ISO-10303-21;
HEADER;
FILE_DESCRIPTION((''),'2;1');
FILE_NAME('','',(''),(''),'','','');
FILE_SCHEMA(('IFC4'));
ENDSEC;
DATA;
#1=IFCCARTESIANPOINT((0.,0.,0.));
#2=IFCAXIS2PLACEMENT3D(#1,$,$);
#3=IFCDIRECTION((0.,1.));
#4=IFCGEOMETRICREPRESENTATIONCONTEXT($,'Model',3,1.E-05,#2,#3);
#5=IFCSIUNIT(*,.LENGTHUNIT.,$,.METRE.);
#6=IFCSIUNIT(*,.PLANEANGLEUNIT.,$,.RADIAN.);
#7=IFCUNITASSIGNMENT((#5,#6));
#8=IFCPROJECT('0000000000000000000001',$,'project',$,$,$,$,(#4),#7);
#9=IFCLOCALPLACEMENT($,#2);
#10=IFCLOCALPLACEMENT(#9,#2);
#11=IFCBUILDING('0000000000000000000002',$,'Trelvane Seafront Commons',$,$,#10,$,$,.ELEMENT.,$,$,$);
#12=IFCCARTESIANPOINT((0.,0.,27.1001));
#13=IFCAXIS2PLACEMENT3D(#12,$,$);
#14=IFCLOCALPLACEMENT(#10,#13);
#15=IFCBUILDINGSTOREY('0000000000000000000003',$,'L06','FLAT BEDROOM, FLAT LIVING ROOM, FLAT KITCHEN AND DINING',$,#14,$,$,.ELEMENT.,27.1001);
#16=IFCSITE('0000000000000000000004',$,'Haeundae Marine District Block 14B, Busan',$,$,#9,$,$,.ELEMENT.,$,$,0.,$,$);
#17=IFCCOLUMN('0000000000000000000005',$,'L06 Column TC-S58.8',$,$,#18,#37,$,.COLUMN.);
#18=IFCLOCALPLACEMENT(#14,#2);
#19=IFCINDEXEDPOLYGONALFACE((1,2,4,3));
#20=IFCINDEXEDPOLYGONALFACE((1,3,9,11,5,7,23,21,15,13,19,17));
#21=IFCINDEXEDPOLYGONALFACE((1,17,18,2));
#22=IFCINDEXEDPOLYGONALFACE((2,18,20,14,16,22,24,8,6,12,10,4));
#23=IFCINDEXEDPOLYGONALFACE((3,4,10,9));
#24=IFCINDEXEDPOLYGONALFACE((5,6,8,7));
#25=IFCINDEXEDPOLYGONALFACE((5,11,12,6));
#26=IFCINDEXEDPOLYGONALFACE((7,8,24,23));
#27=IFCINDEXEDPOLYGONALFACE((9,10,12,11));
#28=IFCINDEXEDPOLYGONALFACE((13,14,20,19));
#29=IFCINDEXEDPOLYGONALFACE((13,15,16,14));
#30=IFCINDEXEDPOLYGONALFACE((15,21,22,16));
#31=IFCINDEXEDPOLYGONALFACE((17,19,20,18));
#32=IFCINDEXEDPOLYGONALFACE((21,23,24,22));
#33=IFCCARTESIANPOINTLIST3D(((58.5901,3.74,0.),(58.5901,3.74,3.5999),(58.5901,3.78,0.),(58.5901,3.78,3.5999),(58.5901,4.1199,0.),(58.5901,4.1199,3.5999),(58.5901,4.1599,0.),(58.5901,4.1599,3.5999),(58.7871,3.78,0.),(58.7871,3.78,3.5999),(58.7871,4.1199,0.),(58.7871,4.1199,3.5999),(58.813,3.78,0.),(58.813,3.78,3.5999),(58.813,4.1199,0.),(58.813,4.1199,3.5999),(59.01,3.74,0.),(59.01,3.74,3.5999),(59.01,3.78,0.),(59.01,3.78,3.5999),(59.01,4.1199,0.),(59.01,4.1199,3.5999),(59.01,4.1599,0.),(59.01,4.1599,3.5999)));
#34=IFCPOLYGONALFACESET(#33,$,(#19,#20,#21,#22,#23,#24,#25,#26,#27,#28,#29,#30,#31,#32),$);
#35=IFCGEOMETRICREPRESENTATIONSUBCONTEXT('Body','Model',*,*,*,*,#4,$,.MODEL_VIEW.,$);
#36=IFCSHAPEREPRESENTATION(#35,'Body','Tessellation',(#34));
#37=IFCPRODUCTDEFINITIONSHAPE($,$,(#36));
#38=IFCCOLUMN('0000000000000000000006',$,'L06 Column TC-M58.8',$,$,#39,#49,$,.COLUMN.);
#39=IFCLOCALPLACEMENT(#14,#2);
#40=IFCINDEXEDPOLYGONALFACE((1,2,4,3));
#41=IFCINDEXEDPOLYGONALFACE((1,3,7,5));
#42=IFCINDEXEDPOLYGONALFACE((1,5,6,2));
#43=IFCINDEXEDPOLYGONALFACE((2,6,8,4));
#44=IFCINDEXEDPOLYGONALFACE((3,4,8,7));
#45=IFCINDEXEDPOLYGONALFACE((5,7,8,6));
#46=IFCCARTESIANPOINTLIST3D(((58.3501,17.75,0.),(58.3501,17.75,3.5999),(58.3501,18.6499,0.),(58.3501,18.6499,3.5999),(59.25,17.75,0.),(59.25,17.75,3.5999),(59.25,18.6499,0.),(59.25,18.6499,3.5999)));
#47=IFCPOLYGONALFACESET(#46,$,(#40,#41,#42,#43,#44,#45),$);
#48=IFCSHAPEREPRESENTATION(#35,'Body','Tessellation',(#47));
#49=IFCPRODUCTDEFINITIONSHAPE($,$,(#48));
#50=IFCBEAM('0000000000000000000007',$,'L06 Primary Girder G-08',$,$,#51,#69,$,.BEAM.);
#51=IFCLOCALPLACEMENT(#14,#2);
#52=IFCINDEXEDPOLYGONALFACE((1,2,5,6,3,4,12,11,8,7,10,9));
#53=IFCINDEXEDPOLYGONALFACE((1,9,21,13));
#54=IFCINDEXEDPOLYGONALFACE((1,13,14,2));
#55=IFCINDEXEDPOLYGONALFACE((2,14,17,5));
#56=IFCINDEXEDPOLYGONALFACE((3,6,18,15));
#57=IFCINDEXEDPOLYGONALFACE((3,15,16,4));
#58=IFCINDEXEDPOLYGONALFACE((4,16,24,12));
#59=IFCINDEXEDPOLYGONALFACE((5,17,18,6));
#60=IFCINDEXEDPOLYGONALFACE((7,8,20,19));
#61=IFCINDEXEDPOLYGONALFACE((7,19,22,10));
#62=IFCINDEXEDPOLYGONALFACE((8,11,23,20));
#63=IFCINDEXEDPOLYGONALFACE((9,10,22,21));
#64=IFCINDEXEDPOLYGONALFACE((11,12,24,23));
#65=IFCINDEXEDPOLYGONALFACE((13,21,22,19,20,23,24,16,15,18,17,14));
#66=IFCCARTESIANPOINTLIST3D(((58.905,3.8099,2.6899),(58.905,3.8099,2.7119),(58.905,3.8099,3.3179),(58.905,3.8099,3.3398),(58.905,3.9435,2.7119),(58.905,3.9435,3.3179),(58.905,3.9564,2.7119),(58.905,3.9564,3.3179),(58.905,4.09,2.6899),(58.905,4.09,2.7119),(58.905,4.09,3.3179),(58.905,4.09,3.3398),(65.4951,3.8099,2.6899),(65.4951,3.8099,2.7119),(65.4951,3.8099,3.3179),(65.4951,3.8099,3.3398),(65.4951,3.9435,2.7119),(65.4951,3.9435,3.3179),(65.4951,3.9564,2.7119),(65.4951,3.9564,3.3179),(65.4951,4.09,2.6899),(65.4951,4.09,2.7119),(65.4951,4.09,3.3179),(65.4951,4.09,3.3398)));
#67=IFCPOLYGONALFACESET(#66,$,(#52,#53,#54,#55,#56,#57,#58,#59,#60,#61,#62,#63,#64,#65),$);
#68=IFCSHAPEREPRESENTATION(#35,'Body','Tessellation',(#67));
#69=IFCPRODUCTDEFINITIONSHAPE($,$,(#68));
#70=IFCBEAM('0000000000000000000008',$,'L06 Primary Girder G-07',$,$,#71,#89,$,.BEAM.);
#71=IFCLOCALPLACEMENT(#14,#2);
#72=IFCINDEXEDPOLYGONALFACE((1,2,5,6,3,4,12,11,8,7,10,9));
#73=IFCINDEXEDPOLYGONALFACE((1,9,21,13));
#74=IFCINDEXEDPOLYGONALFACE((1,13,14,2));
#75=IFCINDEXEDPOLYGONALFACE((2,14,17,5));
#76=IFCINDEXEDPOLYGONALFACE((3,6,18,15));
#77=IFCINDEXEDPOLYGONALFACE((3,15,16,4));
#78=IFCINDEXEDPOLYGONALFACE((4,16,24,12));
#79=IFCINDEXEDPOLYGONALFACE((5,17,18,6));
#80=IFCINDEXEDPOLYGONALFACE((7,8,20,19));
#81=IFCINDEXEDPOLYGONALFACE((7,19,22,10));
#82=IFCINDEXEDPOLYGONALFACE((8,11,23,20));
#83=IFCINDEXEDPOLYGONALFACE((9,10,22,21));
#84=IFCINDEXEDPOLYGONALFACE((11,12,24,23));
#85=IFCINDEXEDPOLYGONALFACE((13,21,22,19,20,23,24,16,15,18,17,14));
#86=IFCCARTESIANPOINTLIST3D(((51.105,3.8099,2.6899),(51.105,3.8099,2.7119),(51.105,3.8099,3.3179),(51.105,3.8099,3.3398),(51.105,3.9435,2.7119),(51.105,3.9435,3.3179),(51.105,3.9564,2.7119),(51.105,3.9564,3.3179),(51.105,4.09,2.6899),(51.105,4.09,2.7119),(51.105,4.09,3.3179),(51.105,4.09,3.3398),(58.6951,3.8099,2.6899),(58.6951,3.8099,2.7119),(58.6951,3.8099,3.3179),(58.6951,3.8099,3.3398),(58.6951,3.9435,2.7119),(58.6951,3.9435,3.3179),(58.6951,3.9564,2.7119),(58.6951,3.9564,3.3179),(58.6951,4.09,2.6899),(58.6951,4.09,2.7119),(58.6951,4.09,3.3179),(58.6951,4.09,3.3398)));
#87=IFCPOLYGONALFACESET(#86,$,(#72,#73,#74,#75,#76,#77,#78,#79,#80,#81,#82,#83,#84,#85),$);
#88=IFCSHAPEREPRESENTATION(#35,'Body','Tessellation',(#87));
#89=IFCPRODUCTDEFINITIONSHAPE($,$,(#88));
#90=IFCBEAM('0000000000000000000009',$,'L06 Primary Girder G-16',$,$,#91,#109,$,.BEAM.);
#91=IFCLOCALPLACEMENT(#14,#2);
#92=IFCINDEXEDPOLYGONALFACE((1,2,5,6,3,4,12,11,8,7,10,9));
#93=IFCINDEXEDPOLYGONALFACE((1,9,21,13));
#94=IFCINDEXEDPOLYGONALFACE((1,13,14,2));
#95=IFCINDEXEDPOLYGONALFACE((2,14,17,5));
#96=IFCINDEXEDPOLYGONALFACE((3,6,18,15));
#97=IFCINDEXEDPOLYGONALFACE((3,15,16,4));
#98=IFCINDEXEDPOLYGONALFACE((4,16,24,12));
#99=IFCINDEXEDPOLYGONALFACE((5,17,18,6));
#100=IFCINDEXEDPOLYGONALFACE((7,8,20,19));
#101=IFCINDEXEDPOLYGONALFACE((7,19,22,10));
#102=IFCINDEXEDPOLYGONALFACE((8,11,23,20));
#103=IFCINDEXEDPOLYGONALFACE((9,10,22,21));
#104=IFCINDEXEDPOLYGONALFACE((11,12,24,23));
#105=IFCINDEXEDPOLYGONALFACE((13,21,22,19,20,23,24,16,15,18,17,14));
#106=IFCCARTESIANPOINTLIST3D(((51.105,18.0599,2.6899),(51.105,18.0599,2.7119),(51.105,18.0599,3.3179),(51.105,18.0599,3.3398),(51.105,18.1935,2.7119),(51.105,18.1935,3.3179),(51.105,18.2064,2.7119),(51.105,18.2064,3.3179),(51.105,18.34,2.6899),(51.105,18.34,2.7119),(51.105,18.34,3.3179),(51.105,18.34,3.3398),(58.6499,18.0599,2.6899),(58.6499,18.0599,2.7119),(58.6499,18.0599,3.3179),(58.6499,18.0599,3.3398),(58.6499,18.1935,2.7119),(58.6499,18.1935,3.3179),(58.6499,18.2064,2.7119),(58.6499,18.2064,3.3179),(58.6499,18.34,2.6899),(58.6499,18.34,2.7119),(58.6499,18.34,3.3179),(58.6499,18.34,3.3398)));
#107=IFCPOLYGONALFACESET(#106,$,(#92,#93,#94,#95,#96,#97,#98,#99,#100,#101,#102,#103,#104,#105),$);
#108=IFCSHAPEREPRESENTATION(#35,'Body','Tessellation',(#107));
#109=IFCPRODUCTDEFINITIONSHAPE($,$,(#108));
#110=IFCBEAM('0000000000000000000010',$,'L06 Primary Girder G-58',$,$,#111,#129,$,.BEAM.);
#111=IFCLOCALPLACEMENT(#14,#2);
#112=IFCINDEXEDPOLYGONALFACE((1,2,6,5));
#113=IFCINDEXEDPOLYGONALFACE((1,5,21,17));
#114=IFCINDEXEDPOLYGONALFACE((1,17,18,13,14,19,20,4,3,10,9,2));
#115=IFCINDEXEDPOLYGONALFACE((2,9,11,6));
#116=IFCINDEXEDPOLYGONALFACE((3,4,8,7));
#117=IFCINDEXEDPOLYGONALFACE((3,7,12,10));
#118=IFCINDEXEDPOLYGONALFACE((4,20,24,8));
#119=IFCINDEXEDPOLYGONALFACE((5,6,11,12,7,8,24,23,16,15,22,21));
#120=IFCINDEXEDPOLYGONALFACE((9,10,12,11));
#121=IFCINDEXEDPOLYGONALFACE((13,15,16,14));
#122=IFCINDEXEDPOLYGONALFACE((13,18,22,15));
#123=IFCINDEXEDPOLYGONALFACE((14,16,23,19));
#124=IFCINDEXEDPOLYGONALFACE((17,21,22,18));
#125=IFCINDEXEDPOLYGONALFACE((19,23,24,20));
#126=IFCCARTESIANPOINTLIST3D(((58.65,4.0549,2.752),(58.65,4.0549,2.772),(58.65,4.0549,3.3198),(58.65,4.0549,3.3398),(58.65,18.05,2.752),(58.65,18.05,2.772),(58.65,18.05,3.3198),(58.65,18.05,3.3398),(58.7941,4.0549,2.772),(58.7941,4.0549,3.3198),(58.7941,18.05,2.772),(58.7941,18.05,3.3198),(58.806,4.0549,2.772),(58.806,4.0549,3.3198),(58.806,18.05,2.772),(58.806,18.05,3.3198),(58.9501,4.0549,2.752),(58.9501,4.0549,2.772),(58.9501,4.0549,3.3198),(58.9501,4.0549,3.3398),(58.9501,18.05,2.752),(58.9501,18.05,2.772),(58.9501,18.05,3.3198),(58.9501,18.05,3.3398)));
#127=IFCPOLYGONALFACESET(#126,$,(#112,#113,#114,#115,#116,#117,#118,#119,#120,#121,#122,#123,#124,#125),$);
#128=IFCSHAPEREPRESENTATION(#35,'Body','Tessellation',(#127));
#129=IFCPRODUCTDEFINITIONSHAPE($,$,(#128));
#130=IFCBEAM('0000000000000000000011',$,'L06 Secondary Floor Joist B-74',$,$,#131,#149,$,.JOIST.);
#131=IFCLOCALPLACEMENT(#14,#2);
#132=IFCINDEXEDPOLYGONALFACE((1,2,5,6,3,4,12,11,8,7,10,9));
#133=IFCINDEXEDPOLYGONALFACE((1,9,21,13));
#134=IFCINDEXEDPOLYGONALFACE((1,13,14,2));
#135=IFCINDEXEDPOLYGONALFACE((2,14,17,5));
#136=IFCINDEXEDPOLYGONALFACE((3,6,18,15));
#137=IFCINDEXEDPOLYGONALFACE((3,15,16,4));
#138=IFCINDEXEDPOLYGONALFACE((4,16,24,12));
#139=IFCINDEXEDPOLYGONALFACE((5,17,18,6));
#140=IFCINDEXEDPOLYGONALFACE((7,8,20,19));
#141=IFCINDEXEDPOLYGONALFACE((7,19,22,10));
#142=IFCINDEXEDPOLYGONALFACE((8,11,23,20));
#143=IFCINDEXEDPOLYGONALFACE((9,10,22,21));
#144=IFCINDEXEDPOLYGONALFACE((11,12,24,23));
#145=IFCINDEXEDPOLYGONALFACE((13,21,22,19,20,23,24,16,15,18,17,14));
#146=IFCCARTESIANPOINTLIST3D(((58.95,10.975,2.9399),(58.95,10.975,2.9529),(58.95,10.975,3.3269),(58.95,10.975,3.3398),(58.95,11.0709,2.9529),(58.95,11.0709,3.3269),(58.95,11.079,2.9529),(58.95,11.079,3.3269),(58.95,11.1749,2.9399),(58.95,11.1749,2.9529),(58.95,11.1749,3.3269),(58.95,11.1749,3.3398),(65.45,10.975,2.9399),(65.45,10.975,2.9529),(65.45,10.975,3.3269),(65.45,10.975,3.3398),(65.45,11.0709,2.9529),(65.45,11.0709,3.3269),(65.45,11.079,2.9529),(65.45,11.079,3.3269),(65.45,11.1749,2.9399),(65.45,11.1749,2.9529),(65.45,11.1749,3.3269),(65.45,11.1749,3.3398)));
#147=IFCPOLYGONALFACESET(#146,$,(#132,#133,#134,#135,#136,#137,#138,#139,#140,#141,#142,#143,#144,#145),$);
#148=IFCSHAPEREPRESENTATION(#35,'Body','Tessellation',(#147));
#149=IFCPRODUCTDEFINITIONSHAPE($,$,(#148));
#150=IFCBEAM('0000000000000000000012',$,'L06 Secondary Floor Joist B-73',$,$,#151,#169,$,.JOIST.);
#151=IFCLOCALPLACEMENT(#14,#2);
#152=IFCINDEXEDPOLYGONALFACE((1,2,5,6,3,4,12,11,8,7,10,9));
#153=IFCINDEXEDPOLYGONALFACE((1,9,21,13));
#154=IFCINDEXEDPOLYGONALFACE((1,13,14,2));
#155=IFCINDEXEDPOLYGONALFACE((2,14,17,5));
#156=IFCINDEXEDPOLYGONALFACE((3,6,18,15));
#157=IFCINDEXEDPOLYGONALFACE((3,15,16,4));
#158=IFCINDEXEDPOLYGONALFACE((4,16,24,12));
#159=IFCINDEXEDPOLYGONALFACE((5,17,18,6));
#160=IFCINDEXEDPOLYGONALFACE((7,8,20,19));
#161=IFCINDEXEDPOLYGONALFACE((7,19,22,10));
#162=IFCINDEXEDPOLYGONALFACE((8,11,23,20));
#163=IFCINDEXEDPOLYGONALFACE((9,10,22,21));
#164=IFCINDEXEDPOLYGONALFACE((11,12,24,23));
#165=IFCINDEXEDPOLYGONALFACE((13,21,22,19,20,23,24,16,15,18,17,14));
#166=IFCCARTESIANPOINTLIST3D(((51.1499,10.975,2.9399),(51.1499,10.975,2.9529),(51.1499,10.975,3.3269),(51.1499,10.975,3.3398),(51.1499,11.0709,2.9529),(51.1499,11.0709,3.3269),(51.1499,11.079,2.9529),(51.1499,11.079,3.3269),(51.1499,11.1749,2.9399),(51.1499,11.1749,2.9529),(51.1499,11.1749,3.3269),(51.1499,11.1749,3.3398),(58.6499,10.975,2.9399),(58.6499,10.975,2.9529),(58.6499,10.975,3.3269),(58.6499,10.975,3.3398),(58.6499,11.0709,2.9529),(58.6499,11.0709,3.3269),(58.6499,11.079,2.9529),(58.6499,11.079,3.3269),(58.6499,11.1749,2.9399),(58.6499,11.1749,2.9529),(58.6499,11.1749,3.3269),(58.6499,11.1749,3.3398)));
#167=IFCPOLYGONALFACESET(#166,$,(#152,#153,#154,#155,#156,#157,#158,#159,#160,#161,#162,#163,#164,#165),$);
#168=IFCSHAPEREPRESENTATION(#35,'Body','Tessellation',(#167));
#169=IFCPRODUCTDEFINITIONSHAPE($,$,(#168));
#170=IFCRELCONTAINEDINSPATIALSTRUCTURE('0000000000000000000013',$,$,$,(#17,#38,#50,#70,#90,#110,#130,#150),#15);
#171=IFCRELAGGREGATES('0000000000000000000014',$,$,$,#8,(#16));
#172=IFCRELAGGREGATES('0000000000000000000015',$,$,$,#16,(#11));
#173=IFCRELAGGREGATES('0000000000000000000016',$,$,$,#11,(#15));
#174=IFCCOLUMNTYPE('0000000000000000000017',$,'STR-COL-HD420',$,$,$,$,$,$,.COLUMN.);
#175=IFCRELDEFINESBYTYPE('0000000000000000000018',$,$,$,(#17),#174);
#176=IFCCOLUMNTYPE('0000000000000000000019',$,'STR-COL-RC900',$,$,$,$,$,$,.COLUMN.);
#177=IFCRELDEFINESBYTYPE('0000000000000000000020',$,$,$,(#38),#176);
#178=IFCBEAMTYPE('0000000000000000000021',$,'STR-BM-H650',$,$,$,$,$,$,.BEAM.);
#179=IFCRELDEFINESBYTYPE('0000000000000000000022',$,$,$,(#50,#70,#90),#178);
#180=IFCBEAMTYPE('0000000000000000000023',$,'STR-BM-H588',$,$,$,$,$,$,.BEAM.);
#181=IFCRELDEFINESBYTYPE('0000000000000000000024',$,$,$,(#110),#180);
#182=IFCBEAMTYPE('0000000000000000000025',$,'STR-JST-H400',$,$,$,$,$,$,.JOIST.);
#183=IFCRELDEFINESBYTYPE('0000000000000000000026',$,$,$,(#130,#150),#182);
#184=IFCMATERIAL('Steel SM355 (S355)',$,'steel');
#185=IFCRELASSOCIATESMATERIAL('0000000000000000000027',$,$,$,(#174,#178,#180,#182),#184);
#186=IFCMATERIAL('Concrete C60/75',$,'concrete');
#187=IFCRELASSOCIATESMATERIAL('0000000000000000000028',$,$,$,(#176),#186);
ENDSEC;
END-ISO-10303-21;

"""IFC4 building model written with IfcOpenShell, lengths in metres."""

from ifc_helpers import new_model, si_unit, direction, frame, origin, origin_2d, place, context, subcontext, project, spatial, rectangle, i_section, extrude, source, transform, mapped, material, material_profile, profile_set, type_object, element, save


model = new_model("IFC4")

# Units and contexts
model_context = context("Model", 3, precision=1e-05, world=origin(), true_north=direction((0.0, 1.0)))
body_context = subcontext(model_context, "Body", "Model", "MODEL_VIEW")
ifc_project = project(units=[si_unit("LENGTHUNIT", "METRE"), si_unit("PLANEANGLEUNIT", "RADIAN")], contexts=[model_context])

# Site, building, storey
site_placement = place(None, origin())
site = spatial("IfcSite", under=ifc_project, at=site_placement, Name="Haeundae Marine District Block 14B, Busan", CompositionType="ELEMENT", RefElevation=0.0)
building_placement = place(site_placement, origin())
building = spatial("IfcBuilding", under=site, at=building_placement, Name="Trelvane Seafront Commons", CompositionType="ELEMENT")
storey_placement = place(building_placement, frame((0.0, 0.0, 27.1001)))
storey = spatial("IfcBuildingStorey", under=building, at=storey_placement, Name="L06", Description="FLAT BEDROOM, FLAT LIVING ROOM, FLAT KITCHEN AND DINING", CompositionType="ELEMENT", Elevation=27.1001)

# Columns
ifc_material_1 = material(Name="Steel SM355 (S355)", Category="steel")
ifc_material_profile_1 = material_profile(ifc_material_1, i_section(OverallWidth=0.4199, OverallDepth=0.4199, WebThickness=0.0259, FlangeThickness=0.04, at=origin_2d()), Name="HD-420x420x26x40")
ifc_profile_set_1 = profile_set([ifc_material_profile_1], Name="Steel SM355 (S355)")
column_type_1 = type_object("IfcColumnType", Name="STR-COL-HD420", PredefinedType="COLUMN", material=ifc_profile_set_1)
shared_shape_1 = source(origin(), body_context, "Body", "SweptSolid", [
    extrude(i_section(OverallWidth=0.4199, OverallDepth=0.4199, WebThickness=0.0259, FlangeThickness=0.04, at=origin_2d()), origin(), (0.0, 0.0, 1.0), 3.5999),
])
column_1_placement = place(storey_placement, frame((58.8, 3.95, 0.0), z_axis=(0.0, 0.0, 1.0), x_axis=(1.0, 0.0, 0.0)))
element("IfcColumn", 1, at=column_1_placement, inside=storey, type_object=column_type_1, Name="L06 Column TC-S58.8", PredefinedType="COLUMN", context=body_context, shape_type="MappedRepresentation", body=[
    mapped(shared_shape_1, transform((0.0, 0.0, 0.0), x_axis=(1.0, 0.0, 0.0), y_axis=(0.0, 1.0, 0.0), z_axis=(0.0, 0.0, 1.0), scale=1.0)),
])
ifc_material_2 = material(Name="Concrete C60/75", Category="concrete")
ifc_material_profile_2 = material_profile(ifc_material_2, rectangle(XDim=0.8999, YDim=0.8999, at=origin_2d()), Name="RC-900x900")
ifc_profile_set_2 = profile_set([ifc_material_profile_2], Name="Concrete C60/75")
column_type_2 = type_object("IfcColumnType", Name="STR-COL-RC900", PredefinedType="COLUMN", material=ifc_profile_set_2)
shared_shape_2 = source(origin(), body_context, "Body", "SweptSolid", [
    extrude(rectangle(XDim=0.8999, YDim=0.8999, at=origin_2d()), origin(), (0.0, 0.0, 1.0), 3.5999),
])
column_2_placement = place(storey_placement, frame((58.8, 18.2, 0.0), z_axis=(0.0, 0.0, 1.0), x_axis=(1.0, 0.0, 0.0)))
element("IfcColumn", 2, at=column_2_placement, inside=storey, type_object=column_type_2, Name="L06 Column TC-M58.8", PredefinedType="COLUMN", context=body_context, shape_type="MappedRepresentation", body=[
    mapped(shared_shape_2, transform((0.0, 0.0, 0.0), x_axis=(1.0, 0.0, 0.0), y_axis=(0.0, 1.0, 0.0), z_axis=(0.0, 0.0, 1.0), scale=1.0)),
])

# Beams
ifc_material_profile_3 = material_profile(ifc_material_1, i_section(OverallWidth=0.28, OverallDepth=0.6499, WebThickness=0.0129, FlangeThickness=0.022, at=origin_2d()), Name="H-650x280x13x22")
ifc_profile_set_3 = profile_set([ifc_material_profile_3], Name="Steel SM355 (S355)")
beam_type_1 = type_object("IfcBeamType", Name="STR-BM-H650", PredefinedType="BEAM", material=ifc_profile_set_3)
shared_shape_3 = source(origin(), body_context, "Body", "SweptSolid", [
    extrude(i_section(OverallWidth=0.28, OverallDepth=0.6499, WebThickness=0.0129, FlangeThickness=0.022, at=origin_2d()), origin(), (0.0, 0.0, 1.0), 6.5901),
])
beam_1_placement = place(storey_placement, frame((58.905, 3.95, 3.0149), z_axis=(1.0, 0.0, 0.0), x_axis=(0.0, 1.0, 0.0)))
element("IfcBeam", 3, at=beam_1_placement, inside=storey, type_object=beam_type_1, Name="L06 Primary Girder G-08", PredefinedType="BEAM", context=body_context, shape_type="MappedRepresentation", body=[
    mapped(shared_shape_3, transform((0.0, 0.0, 0.0), x_axis=(1.0, 0.0, 0.0), y_axis=(0.0, 1.0, 0.0), z_axis=(0.0, 0.0, 1.0), scale=1.0)),
])
shared_shape_4 = source(origin(), body_context, "Body", "SweptSolid", [
    extrude(i_section(OverallWidth=0.28, OverallDepth=0.6499, WebThickness=0.0129, FlangeThickness=0.022, at=origin_2d()), origin(), (0.0, 0.0, 1.0), 7.5901),
])
beam_2_placement = place(storey_placement, frame((51.105, 3.95, 3.0149), z_axis=(1.0, 0.0, 0.0), x_axis=(0.0, 1.0, 0.0)))
element("IfcBeam", 4, at=beam_2_placement, inside=storey, type_object=beam_type_1, Name="L06 Primary Girder G-07", PredefinedType="BEAM", context=body_context, shape_type="MappedRepresentation", body=[
    mapped(shared_shape_4, transform((0.0, 0.0, 0.0), x_axis=(1.0, 0.0, 0.0), y_axis=(0.0, 1.0, 0.0), z_axis=(0.0, 0.0, 1.0), scale=1.0)),
])
shared_shape_5 = source(origin(), body_context, "Body", "SweptSolid", [
    extrude(i_section(OverallWidth=0.28, OverallDepth=0.6499, WebThickness=0.0129, FlangeThickness=0.022, at=origin_2d()), origin(), (0.0, 0.0, 1.0), 7.5449),
])
beam_3_placement = place(storey_placement, frame((51.105, 18.2, 3.0149), z_axis=(1.0, 0.0, 0.0), x_axis=(0.0, 1.0, 0.0)))
element("IfcBeam", 5, at=beam_3_placement, inside=storey, type_object=beam_type_1, Name="L06 Primary Girder G-16", PredefinedType="BEAM", context=body_context, shape_type="MappedRepresentation", body=[
    mapped(shared_shape_5, transform((0.0, 0.0, 0.0), x_axis=(1.0, 0.0, 0.0), y_axis=(0.0, 1.0, 0.0), z_axis=(0.0, 0.0, 1.0), scale=1.0)),
])
ifc_material_profile_4 = material_profile(ifc_material_1, i_section(OverallWidth=0.3, OverallDepth=0.5879, WebThickness=0.012, FlangeThickness=0.02, at=origin_2d()), Name="H-588x300x12x20")
ifc_profile_set_4 = profile_set([ifc_material_profile_4], Name="Steel SM355 (S355)")
beam_type_2 = type_object("IfcBeamType", Name="STR-BM-H588", PredefinedType="BEAM", material=ifc_profile_set_4)
shared_shape_6 = source(origin(), body_context, "Body", "SweptSolid", [
    extrude(i_section(OverallWidth=0.3, OverallDepth=0.5879, WebThickness=0.012, FlangeThickness=0.02, at=origin_2d()), origin(), (0.0, 0.0, 1.0), 13.9951),
])
beam_4_placement = place(storey_placement, frame((58.8, 4.0549, 3.0459), z_axis=(0.0, 1.0, 0.0), x_axis=(-1.0, 0.0, 0.0)))
element("IfcBeam", 6, at=beam_4_placement, inside=storey, type_object=beam_type_2, Name="L06 Primary Girder G-58", PredefinedType="BEAM", context=body_context, shape_type="MappedRepresentation", body=[
    mapped(shared_shape_6, transform((0.0, 0.0, 0.0), x_axis=(1.0, 0.0, 0.0), y_axis=(0.0, 1.0, 0.0), z_axis=(0.0, 0.0, 1.0), scale=1.0)),
])
ifc_material_profile_5 = material_profile(ifc_material_1, i_section(OverallWidth=0.2, OverallDepth=0.3999, WebThickness=0.0081, FlangeThickness=0.0129, at=origin_2d()), Name="H-400x200x8x13")
ifc_profile_set_5 = profile_set([ifc_material_profile_5], Name="Steel SM355 (S355)")
beam_type_3 = type_object("IfcBeamType", Name="STR-JST-H400", PredefinedType="JOIST", material=ifc_profile_set_5)
shared_shape_7 = source(origin(), body_context, "Body", "SweptSolid", [
    extrude(i_section(OverallWidth=0.2, OverallDepth=0.3999, WebThickness=0.0081, FlangeThickness=0.0129, at=origin_2d()), origin(), (0.0, 0.0, 1.0), 6.5),
])
beam_5_placement = place(storey_placement, frame((58.95, 11.075, 3.1399), z_axis=(1.0, 0.0, 0.0), x_axis=(0.0, 1.0, 0.0)))
element("IfcBeam", 7, at=beam_5_placement, inside=storey, type_object=beam_type_3, Name="L06 Secondary Floor Joist B-74", PredefinedType="JOIST", context=body_context, shape_type="MappedRepresentation", body=[
    mapped(shared_shape_7, transform((0.0, 0.0, 0.0), x_axis=(1.0, 0.0, 0.0), y_axis=(0.0, 1.0, 0.0), z_axis=(0.0, 0.0, 1.0), scale=1.0)),
])
shared_shape_8 = source(origin(), body_context, "Body", "SweptSolid", [
    extrude(i_section(OverallWidth=0.2, OverallDepth=0.3999, WebThickness=0.0081, FlangeThickness=0.0129, at=origin_2d()), origin(), (0.0, 0.0, 1.0), 7.5),
])
beam_6_placement = place(storey_placement, frame((51.1499, 11.075, 3.1399), z_axis=(1.0, 0.0, 0.0), x_axis=(0.0, 1.0, 0.0)))
element("IfcBeam", 8, at=beam_6_placement, inside=storey, type_object=beam_type_3, Name="L06 Secondary Floor Joist B-73", PredefinedType="JOIST", context=body_context, shape_type="MappedRepresentation", body=[
    mapped(shared_shape_8, transform((0.0, 0.0, 0.0), x_axis=(1.0, 0.0, 0.0), y_axis=(0.0, 1.0, 0.0), z_axis=(0.0, 0.0, 1.0), scale=1.0)),
])

save(model, "model.ifc")
